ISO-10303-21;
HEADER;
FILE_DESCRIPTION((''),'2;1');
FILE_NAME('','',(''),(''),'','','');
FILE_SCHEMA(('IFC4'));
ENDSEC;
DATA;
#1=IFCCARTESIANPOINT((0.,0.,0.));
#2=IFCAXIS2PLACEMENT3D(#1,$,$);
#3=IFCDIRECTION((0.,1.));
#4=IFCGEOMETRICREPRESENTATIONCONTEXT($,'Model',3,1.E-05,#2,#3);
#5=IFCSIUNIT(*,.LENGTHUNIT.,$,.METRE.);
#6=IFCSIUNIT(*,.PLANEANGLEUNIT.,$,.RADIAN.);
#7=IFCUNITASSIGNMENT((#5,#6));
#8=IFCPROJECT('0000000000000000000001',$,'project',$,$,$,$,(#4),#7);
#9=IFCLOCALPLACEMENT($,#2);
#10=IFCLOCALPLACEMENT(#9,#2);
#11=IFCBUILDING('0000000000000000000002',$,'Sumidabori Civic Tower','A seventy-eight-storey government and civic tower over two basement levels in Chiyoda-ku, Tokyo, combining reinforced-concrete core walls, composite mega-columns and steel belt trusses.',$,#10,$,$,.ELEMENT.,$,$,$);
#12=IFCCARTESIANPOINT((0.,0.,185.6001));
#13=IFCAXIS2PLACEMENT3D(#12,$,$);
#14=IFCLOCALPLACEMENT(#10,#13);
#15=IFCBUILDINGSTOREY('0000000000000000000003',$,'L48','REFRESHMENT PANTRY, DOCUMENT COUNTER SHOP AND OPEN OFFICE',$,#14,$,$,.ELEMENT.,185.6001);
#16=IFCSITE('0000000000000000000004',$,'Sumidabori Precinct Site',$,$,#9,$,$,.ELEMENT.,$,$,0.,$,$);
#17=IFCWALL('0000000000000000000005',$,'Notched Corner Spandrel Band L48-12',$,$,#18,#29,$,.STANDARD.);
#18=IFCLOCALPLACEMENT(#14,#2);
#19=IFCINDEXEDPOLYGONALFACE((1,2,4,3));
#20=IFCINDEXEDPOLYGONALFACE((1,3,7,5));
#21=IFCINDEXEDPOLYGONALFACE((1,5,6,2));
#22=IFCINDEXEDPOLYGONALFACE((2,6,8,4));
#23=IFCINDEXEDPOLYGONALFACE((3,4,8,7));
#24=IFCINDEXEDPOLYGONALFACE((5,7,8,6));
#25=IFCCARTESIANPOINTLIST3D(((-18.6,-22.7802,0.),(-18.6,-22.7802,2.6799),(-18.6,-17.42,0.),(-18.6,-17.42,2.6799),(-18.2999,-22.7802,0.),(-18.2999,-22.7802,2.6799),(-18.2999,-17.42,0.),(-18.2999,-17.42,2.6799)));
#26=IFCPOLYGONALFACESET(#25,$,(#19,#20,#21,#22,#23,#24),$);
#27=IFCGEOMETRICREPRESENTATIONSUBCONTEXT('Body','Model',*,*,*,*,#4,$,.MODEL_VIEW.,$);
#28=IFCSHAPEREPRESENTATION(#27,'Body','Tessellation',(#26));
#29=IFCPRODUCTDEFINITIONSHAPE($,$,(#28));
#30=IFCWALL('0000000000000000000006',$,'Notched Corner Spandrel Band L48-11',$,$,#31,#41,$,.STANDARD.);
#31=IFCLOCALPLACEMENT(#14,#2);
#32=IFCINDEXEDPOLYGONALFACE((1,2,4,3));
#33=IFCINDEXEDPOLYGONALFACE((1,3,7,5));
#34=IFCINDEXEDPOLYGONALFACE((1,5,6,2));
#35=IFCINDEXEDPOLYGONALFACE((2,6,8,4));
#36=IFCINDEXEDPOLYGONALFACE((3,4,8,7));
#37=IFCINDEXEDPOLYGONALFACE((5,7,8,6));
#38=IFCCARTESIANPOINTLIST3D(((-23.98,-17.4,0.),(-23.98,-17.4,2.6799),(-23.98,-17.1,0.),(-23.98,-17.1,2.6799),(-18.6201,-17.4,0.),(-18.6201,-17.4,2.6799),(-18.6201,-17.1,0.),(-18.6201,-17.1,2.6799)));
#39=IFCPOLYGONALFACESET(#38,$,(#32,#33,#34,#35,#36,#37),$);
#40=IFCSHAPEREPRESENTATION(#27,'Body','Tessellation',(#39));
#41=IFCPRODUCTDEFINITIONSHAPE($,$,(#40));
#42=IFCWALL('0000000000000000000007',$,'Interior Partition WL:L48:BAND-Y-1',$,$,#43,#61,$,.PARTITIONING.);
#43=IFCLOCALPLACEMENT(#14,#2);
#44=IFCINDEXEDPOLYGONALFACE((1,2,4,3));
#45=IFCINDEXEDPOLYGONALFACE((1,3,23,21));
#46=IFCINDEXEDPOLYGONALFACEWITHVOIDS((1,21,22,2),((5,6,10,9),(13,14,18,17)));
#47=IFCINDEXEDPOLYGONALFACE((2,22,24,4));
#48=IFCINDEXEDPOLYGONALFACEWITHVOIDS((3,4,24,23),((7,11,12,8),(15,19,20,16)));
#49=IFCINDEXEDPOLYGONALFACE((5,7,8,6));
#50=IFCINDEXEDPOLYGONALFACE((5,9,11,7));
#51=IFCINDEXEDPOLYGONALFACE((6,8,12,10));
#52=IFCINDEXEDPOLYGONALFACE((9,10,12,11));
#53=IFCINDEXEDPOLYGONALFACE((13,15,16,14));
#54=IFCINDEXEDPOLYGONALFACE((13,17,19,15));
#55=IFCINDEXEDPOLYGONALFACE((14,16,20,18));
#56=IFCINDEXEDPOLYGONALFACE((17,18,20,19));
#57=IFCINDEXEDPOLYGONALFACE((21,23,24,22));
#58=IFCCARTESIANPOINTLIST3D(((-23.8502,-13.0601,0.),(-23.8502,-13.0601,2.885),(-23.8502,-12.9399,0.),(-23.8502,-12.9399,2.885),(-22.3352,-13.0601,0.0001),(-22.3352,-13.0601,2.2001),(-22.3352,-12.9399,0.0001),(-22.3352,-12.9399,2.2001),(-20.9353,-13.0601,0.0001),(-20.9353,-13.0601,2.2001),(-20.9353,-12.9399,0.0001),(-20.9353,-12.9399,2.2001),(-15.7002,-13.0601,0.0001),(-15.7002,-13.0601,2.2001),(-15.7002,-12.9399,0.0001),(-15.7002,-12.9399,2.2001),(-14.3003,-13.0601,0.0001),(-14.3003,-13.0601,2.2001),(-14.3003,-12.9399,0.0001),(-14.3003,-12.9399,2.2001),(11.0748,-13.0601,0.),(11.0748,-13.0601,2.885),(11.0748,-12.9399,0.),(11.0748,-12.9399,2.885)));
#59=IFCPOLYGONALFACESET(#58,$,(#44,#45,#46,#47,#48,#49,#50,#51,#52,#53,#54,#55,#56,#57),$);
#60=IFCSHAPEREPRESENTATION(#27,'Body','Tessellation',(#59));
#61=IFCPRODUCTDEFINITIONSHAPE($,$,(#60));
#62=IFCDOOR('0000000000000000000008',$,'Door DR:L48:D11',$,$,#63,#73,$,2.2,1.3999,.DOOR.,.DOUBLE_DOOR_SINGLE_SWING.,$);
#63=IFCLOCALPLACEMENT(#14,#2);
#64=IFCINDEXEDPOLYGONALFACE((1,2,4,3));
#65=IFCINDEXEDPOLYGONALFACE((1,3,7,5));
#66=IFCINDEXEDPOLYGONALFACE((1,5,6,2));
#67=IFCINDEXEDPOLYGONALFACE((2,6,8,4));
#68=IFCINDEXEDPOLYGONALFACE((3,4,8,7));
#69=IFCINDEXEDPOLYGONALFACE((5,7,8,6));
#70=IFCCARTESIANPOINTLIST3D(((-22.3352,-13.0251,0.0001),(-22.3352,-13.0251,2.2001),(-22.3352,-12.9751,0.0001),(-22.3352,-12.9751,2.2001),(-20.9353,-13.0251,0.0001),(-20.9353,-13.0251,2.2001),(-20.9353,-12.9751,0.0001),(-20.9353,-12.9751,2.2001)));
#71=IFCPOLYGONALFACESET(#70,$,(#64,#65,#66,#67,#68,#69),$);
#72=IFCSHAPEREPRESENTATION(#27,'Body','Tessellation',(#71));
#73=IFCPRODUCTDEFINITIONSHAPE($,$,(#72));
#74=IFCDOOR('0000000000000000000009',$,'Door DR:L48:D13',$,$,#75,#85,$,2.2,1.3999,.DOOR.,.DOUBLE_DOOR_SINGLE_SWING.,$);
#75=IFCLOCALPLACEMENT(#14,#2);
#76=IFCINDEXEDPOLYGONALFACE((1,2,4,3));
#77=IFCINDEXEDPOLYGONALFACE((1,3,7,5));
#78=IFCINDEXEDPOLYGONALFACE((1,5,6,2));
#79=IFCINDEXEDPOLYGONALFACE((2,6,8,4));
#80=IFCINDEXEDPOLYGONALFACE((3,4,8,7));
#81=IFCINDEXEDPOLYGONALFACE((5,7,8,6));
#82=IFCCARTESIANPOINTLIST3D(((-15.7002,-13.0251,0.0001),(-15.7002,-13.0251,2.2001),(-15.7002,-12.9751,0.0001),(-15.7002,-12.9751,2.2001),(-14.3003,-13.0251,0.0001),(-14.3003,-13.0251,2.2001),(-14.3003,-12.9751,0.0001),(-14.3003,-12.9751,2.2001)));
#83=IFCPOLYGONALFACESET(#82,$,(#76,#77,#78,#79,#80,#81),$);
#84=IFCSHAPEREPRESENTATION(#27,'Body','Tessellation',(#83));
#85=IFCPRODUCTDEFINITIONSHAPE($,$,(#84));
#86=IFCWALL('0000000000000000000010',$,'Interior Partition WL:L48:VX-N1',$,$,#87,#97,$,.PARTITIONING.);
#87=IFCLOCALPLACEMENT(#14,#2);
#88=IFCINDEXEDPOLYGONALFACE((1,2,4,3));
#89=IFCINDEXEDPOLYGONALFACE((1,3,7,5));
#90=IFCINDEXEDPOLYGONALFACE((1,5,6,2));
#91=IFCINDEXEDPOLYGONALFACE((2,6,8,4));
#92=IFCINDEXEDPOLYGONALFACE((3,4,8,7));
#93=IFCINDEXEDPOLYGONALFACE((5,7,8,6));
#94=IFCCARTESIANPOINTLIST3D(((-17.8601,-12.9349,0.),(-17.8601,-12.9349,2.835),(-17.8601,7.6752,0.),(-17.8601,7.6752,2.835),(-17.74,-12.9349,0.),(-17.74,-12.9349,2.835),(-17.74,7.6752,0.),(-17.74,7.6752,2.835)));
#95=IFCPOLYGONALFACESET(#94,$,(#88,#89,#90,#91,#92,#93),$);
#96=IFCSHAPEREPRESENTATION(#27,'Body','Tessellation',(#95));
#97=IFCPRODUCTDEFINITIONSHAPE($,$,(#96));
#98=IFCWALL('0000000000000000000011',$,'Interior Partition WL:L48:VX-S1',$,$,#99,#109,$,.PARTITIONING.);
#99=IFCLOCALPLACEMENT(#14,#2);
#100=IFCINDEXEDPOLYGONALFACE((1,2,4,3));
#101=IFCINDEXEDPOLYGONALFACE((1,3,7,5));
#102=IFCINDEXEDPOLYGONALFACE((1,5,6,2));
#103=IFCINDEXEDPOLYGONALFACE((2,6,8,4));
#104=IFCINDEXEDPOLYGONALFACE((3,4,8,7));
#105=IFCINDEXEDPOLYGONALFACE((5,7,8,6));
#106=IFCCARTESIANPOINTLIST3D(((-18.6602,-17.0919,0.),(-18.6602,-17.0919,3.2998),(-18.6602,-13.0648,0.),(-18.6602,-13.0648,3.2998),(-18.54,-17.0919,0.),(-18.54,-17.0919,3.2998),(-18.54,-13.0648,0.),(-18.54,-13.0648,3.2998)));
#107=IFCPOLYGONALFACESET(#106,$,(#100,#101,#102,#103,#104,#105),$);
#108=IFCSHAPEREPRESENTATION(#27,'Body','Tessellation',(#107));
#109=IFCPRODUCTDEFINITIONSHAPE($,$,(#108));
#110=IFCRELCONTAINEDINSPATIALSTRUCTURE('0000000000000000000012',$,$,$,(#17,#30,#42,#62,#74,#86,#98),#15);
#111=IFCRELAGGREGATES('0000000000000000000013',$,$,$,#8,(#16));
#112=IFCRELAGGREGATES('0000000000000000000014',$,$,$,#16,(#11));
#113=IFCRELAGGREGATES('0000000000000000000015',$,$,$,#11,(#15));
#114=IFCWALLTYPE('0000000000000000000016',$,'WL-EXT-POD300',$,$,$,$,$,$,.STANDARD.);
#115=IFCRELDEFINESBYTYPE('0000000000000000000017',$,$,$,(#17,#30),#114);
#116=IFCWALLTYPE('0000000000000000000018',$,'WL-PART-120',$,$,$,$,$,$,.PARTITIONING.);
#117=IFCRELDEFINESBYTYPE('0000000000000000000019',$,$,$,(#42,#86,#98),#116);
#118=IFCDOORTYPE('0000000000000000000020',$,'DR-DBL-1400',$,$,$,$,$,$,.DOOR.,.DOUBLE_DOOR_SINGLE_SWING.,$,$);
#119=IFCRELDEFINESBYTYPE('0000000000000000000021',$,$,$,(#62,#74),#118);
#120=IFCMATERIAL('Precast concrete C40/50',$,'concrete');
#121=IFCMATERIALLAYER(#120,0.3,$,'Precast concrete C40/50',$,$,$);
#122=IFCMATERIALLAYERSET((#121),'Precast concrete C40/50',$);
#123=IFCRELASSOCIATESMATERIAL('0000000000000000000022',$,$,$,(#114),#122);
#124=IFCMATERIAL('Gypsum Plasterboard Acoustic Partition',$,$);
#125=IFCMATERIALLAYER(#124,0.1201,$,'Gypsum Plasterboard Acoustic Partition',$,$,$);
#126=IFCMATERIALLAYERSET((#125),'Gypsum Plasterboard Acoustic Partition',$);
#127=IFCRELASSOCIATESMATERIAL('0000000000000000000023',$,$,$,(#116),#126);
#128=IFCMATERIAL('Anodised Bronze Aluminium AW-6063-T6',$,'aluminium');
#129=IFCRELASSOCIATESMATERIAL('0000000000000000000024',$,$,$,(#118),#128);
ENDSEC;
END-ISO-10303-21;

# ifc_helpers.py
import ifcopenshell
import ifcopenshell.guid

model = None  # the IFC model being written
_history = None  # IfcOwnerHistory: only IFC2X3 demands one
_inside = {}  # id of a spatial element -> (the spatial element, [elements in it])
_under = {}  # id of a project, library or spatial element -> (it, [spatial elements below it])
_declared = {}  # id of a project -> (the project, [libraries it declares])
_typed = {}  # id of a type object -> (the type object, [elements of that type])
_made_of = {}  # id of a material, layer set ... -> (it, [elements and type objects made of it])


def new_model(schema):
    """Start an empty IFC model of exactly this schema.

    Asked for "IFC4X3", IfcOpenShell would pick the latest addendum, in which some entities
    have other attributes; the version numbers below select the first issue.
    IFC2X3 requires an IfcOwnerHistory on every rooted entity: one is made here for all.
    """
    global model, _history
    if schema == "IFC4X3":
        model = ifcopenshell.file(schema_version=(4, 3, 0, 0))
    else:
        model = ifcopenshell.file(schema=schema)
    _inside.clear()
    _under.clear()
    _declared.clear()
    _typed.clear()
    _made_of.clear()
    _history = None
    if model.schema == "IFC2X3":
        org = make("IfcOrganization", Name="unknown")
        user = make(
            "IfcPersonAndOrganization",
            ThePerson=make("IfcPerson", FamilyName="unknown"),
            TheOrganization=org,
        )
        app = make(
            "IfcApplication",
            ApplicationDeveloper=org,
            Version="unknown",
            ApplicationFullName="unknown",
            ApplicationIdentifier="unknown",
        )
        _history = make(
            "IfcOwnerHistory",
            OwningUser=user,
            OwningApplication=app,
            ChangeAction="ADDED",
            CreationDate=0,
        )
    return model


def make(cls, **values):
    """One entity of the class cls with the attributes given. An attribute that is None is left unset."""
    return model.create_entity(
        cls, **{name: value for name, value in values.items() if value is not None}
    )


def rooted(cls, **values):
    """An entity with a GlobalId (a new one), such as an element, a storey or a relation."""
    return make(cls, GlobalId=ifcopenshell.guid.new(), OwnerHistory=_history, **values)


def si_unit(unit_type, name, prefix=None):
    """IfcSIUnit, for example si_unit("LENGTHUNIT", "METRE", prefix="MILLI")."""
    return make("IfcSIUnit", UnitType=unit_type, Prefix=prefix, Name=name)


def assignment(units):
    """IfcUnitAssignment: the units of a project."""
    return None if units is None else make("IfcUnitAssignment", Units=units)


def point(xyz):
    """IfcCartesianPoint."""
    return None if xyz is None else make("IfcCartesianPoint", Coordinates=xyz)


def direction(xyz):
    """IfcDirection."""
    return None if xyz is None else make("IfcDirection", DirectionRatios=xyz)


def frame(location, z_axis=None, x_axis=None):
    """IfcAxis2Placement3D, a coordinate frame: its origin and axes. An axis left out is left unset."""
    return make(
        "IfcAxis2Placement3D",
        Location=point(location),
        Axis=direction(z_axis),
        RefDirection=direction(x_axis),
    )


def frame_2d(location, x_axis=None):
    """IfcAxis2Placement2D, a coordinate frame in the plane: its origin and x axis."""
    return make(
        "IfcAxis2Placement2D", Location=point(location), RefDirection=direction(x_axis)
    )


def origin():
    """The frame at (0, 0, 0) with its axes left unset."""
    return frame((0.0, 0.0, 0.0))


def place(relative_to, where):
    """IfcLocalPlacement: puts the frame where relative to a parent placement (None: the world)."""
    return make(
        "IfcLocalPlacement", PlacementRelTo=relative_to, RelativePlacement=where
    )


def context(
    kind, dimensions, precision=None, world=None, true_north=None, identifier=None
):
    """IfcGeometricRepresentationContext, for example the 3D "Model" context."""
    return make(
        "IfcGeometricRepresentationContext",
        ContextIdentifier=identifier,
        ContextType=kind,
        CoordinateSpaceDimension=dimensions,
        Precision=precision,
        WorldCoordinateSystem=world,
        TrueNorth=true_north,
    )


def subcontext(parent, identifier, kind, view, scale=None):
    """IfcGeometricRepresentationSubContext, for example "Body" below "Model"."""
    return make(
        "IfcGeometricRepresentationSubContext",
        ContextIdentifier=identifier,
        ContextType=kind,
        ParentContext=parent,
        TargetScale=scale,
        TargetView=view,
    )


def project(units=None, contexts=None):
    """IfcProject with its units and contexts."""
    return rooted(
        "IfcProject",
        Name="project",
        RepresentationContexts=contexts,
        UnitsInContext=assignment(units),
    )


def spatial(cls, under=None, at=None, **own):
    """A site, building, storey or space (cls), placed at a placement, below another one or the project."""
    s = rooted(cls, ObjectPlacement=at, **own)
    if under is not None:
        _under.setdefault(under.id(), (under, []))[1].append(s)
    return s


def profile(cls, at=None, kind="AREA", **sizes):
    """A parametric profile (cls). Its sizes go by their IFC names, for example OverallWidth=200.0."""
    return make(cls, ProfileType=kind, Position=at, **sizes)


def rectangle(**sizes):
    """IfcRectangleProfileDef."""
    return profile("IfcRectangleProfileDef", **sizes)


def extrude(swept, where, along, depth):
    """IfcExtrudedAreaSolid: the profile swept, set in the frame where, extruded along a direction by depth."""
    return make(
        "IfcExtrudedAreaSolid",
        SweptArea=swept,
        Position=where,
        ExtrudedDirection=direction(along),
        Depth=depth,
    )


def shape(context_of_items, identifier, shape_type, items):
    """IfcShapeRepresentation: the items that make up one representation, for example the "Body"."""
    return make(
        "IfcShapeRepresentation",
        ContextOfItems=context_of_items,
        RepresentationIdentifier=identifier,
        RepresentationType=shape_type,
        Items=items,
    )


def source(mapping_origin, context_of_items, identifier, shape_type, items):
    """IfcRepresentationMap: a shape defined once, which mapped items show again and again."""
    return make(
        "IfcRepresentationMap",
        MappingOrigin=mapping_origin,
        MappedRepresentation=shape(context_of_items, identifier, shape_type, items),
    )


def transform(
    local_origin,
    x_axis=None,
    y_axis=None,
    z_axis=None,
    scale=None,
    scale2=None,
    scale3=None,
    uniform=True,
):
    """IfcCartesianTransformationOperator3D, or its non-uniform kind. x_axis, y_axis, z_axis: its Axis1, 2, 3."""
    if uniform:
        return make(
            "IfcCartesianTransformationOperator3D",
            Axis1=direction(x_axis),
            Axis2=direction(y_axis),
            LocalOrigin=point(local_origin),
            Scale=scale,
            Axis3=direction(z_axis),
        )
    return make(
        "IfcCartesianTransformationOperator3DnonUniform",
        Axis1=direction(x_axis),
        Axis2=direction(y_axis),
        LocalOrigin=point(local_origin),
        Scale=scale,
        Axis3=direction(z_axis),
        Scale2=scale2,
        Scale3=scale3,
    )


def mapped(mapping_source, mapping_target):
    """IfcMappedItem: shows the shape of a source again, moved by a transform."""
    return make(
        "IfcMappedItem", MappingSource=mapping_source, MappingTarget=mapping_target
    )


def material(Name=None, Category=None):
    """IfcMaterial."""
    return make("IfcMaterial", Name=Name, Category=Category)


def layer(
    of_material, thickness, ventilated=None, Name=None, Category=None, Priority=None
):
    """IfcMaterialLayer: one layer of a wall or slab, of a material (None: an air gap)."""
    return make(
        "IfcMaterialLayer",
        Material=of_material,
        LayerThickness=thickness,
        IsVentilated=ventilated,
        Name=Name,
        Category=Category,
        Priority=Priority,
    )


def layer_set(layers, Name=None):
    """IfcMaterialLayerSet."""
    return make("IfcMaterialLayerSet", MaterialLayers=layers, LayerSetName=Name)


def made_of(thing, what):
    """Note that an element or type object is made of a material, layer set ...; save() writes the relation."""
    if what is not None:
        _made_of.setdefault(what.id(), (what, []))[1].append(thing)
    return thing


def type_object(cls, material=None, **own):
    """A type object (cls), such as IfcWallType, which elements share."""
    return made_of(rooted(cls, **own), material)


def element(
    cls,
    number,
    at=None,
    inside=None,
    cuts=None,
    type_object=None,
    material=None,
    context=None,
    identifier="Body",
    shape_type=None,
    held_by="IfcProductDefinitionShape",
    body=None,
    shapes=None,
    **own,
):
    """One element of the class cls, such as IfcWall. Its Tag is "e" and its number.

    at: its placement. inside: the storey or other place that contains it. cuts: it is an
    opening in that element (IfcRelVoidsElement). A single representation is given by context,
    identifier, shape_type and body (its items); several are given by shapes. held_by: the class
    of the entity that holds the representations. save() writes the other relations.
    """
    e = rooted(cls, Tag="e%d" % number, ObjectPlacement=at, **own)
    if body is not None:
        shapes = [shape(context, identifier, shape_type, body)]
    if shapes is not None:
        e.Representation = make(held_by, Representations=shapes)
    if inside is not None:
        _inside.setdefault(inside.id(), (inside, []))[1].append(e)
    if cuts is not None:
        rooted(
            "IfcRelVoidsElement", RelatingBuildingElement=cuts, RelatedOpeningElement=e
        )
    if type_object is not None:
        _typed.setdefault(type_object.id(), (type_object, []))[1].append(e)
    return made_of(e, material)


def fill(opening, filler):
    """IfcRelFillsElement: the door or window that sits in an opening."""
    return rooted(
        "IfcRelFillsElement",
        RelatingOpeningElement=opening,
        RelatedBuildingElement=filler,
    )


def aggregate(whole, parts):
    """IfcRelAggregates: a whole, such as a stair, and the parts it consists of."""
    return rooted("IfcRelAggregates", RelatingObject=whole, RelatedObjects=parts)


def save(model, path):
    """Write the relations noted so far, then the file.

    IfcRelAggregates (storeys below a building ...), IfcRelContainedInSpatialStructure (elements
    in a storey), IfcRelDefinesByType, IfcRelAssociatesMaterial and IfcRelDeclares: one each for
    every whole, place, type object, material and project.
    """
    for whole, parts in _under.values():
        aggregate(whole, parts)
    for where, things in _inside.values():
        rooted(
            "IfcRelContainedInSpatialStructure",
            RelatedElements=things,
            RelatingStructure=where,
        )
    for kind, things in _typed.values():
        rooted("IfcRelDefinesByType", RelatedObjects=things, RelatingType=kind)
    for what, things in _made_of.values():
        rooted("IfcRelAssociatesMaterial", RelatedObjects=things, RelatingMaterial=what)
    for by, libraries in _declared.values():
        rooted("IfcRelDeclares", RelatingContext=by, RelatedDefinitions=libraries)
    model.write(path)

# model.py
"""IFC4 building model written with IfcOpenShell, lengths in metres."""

from ifc_helpers import new_model, si_unit, direction, frame, frame_2d, origin, place, context, subcontext, project, spatial, rectangle, extrude, source, transform, mapped, material, layer, layer_set, type_object, element, fill, save


model = new_model("IFC4")

# Units and contexts
model_context = context("Model", 3, precision=1e-05, world=origin(), true_north=direction((0.0, 1.0)))
body_context = subcontext(model_context, "Body", "Model", "MODEL_VIEW")
ifc_project = project(units=[si_unit("LENGTHUNIT", "METRE"), si_unit("PLANEANGLEUNIT", "RADIAN")], contexts=[model_context])

# Site, building, storey
site_placement = place(None, origin())
site = spatial("IfcSite", under=ifc_project, at=site_placement, Name="Sumidabori Precinct Site", CompositionType="ELEMENT", RefElevation=0.0)
building_placement = place(site_placement, origin())
building = spatial("IfcBuilding", under=site, at=building_placement, Name="Sumidabori Civic Tower", Description="A seventy-eight-storey government and civic tower over two basement levels in Chiyoda-ku, Tokyo, combining reinforced-concrete core walls, composite mega-columns and steel belt trusses.", CompositionType="ELEMENT")
storey_placement = place(building_placement, frame((0.0, 0.0, 185.6001)))
storey = spatial("IfcBuildingStorey", under=building, at=storey_placement, Name="L48", Description="REFRESHMENT PANTRY, DOCUMENT COUNTER SHOP AND OPEN OFFICE", CompositionType="ELEMENT", Elevation=185.6001)

# Shared definitions
ifc_material_1 = material(Name="Anodised Bronze Aluminium AW-6063-T6", Category="aluminium")

# Walls
ifc_material_2 = material(Name="Precast concrete C40/50", Category="concrete")
ifc_layer_1 = layer(ifc_material_2, 0.3, Name="Precast concrete C40/50")
ifc_layer_set_1 = layer_set([ifc_layer_1], Name="Precast concrete C40/50")
wall_type_1 = type_object("IfcWallType", Name="WL-EXT-POD300", PredefinedType="STANDARD", material=ifc_layer_set_1)
shared_shape_1 = source(origin(), body_context, "Body", "SweptSolid", [
    extrude(rectangle(XDim=5.3601, YDim=0.3, at=frame_2d((2.6802, 0.0))), origin(), (0.0, 0.0, 1.0), 2.6799),
])
wall_1_placement = place(storey_placement, frame((-18.45, -17.4199, 0.0), z_axis=(0.0, 0.0, 1.0), x_axis=(0.0, -1.0, 0.0)))
element("IfcWall", 1, at=wall_1_placement, inside=storey, type_object=wall_type_1, Name="Notched Corner Spandrel Band L48-12", PredefinedType="STANDARD", context=body_context, shape_type="MappedRepresentation", body=[
    mapped(shared_shape_1, transform((0.0, 0.0, 0.0), x_axis=(1.0, 0.0, 0.0), y_axis=(0.0, 1.0, 0.0), z_axis=(0.0, 0.0, 1.0), scale=1.0)),
])
shared_shape_2 = source(origin(), body_context, "Body", "SweptSolid", [
    extrude(rectangle(XDim=5.3599, YDim=0.3, at=frame_2d((2.6799, 0.0))), origin(), (0.0, 0.0, 1.0), 2.6799),
])
wall_2_placement = place(storey_placement, frame((-23.98, -17.25, 0.0), z_axis=(0.0, 0.0, 1.0), x_axis=(1.0, 0.0, 0.0)))
element("IfcWall", 2, at=wall_2_placement, inside=storey, type_object=wall_type_1, Name="Notched Corner Spandrel Band L48-11", PredefinedType="STANDARD", context=body_context, shape_type="MappedRepresentation", body=[
    mapped(shared_shape_2, transform((0.0, 0.0, 0.0), x_axis=(1.0, 0.0, 0.0), y_axis=(0.0, 1.0, 0.0), z_axis=(0.0, 0.0, 1.0), scale=1.0)),
])

# Wall, openings, doors
ifc_material_3 = material(Name="Gypsum Plasterboard Acoustic Partition")
ifc_layer_2 = layer(ifc_material_3, 0.1201, Name="Gypsum Plasterboard Acoustic Partition")
ifc_layer_set_2 = layer_set([ifc_layer_2], Name="Gypsum Plasterboard Acoustic Partition")
wall_type_2 = type_object("IfcWallType", Name="WL-PART-120", PredefinedType="PARTITIONING", material=ifc_layer_set_2)
shared_shape_3 = source(origin(), body_context, "Body", "SweptSolid", [
    extrude(rectangle(XDim=34.925, YDim=0.1201, at=frame_2d((17.4624, 0.0))), origin(), (0.0, 0.0, 1.0), 2.885),
])
wall_3_placement = place(storey_placement, frame((-23.8501, -13.0, 0.0), z_axis=(0.0, 0.0, 1.0), x_axis=(1.0, 0.0, 0.0)))
wall_3 = element("IfcWall", 3, at=wall_3_placement, inside=storey, type_object=wall_type_2, Name="Interior Partition WL:L48:BAND-Y-1", PredefinedType="PARTITIONING", context=body_context, shape_type="MappedRepresentation", body=[
    mapped(shared_shape_3, transform((0.0, 0.0, 0.0), x_axis=(1.0, 0.0, 0.0), y_axis=(0.0, 1.0, 0.0), z_axis=(0.0, 0.0, 1.0), scale=1.0)),
])
opening_1_placement = place(wall_3_placement, frame((1.5149, 0.0, 0.0)))
opening_1 = element("IfcOpeningElement", 4, at=opening_1_placement, cuts=wall_3, PredefinedType="OPENING", context=body_context, shape_type="SweptSolid", body=[
    extrude(rectangle(XDim=1.3999, YDim=2.2, at=frame_2d((0.7, 1.1001))), frame((0.0, 0.072, 0.0), z_axis=(0.0, -1.0, 0.0), x_axis=(1.0, 0.0, 0.0)), (0.0, 0.0, 1.0), 0.144),
])
opening_2_placement = place(wall_3_placement, frame((8.1499, 0.0, 0.0)))
opening_2 = element("IfcOpeningElement", 5, at=opening_2_placement, cuts=wall_3, PredefinedType="OPENING", context=body_context, shape_type="SweptSolid", body=[
    extrude(rectangle(XDim=1.3999, YDim=2.2, at=frame_2d((0.7, 1.1001))), frame((0.0, 0.072, 0.0), z_axis=(0.0, -1.0, 0.0), x_axis=(1.0, 0.0, 0.0)), (0.0, 0.0, 1.0), 0.144),
])
door_type = type_object("IfcDoorType", Name="DR-DBL-1400", OperationType="DOUBLE_DOOR_SINGLE_SWING", PredefinedType="DOOR", material=ifc_material_1)
shared_shape_4 = source(origin(), body_context, "Body", "SweptSolid", [
    extrude(rectangle(XDim=1.3999, YDim=2.2, at=frame_2d((0.7, 1.1001))), frame((0.0, 0.0249, 0.0), z_axis=(0.0, -1.0, 0.0), x_axis=(1.0, 0.0, 0.0)), (0.0, 0.0, 1.0), 0.05),
])
door_1_placement = place(opening_1_placement, origin())
door_1 = element("IfcDoor", 6, at=door_1_placement, inside=storey, type_object=door_type, Name="Door DR:L48:D11", OperationType="DOUBLE_DOOR_SINGLE_SWING", OverallHeight=2.2, OverallWidth=1.3999, PredefinedType="DOOR", context=body_context, shape_type="MappedRepresentation", body=[
    mapped(shared_shape_4, transform((0.0, 0.0, 0.0), x_axis=(1.0, 0.0, 0.0), y_axis=(0.0, 1.0, 0.0), z_axis=(0.0, 0.0, 1.0), scale=1.0)),
])
fill(opening_1, door_1)
door_2_placement = place(opening_2_placement, origin())
door_2 = element("IfcDoor", 7, at=door_2_placement, inside=storey, type_object=door_type, Name="Door DR:L48:D13", OperationType="DOUBLE_DOOR_SINGLE_SWING", OverallHeight=2.2, OverallWidth=1.3999, PredefinedType="DOOR", context=body_context, shape_type="MappedRepresentation", body=[
    mapped(shared_shape_4, transform((0.0, 0.0, 0.0), x_axis=(1.0, 0.0, 0.0), y_axis=(0.0, 1.0, 0.0), z_axis=(0.0, 0.0, 1.0), scale=1.0)),
])
fill(opening_2, door_2)

# Walls
shared_shape_5 = source(origin(), body_context, "Body", "SweptSolid", [
    extrude(rectangle(XDim=20.6101, YDim=0.1201, at=frame_2d((10.3052, 0.0))), origin(), (0.0, 0.0, 1.0), 2.835),
])
wall_4_placement = place(storey_placement, frame((-17.8, -12.9351, 0.0), z_axis=(0.0, 0.0, 1.0), x_axis=(0.0, 1.0, 0.0)))
element("IfcWall", 8, at=wall_4_placement, inside=storey, type_object=wall_type_2, Name="Interior Partition WL:L48:VX-N1", PredefinedType="PARTITIONING", context=body_context, shape_type="MappedRepresentation", body=[
    mapped(shared_shape_5, transform((0.0, 0.0, 0.0), x_axis=(1.0, 0.0, 0.0), y_axis=(0.0, 1.0, 0.0), z_axis=(0.0, 0.0, 1.0), scale=1.0)),
])
shared_shape_6 = source(origin(), body_context, "Body", "SweptSolid", [
    extrude(rectangle(XDim=4.0271, YDim=0.1201, at=frame_2d((2.0137, 0.0))), origin(), (0.0, 0.0, 1.0), 3.2998),
])
wall_5_placement = place(storey_placement, frame((-18.6001, -17.092, 0.0), z_axis=(0.0, 0.0, 1.0), x_axis=(0.0, 1.0, 0.0)))
element("IfcWall", 9, at=wall_5_placement, inside=storey, type_object=wall_type_2, Name="Interior Partition WL:L48:VX-S1", PredefinedType="PARTITIONING", context=body_context, shape_type="MappedRepresentation", body=[
    mapped(shared_shape_6, transform((0.0, 0.0, 0.0), x_axis=(1.0, 0.0, 0.0), y_axis=(0.0, 1.0, 0.0), z_axis=(0.0, 0.0, 1.0), scale=1.0)),
])

save(model, "model.ifc")
